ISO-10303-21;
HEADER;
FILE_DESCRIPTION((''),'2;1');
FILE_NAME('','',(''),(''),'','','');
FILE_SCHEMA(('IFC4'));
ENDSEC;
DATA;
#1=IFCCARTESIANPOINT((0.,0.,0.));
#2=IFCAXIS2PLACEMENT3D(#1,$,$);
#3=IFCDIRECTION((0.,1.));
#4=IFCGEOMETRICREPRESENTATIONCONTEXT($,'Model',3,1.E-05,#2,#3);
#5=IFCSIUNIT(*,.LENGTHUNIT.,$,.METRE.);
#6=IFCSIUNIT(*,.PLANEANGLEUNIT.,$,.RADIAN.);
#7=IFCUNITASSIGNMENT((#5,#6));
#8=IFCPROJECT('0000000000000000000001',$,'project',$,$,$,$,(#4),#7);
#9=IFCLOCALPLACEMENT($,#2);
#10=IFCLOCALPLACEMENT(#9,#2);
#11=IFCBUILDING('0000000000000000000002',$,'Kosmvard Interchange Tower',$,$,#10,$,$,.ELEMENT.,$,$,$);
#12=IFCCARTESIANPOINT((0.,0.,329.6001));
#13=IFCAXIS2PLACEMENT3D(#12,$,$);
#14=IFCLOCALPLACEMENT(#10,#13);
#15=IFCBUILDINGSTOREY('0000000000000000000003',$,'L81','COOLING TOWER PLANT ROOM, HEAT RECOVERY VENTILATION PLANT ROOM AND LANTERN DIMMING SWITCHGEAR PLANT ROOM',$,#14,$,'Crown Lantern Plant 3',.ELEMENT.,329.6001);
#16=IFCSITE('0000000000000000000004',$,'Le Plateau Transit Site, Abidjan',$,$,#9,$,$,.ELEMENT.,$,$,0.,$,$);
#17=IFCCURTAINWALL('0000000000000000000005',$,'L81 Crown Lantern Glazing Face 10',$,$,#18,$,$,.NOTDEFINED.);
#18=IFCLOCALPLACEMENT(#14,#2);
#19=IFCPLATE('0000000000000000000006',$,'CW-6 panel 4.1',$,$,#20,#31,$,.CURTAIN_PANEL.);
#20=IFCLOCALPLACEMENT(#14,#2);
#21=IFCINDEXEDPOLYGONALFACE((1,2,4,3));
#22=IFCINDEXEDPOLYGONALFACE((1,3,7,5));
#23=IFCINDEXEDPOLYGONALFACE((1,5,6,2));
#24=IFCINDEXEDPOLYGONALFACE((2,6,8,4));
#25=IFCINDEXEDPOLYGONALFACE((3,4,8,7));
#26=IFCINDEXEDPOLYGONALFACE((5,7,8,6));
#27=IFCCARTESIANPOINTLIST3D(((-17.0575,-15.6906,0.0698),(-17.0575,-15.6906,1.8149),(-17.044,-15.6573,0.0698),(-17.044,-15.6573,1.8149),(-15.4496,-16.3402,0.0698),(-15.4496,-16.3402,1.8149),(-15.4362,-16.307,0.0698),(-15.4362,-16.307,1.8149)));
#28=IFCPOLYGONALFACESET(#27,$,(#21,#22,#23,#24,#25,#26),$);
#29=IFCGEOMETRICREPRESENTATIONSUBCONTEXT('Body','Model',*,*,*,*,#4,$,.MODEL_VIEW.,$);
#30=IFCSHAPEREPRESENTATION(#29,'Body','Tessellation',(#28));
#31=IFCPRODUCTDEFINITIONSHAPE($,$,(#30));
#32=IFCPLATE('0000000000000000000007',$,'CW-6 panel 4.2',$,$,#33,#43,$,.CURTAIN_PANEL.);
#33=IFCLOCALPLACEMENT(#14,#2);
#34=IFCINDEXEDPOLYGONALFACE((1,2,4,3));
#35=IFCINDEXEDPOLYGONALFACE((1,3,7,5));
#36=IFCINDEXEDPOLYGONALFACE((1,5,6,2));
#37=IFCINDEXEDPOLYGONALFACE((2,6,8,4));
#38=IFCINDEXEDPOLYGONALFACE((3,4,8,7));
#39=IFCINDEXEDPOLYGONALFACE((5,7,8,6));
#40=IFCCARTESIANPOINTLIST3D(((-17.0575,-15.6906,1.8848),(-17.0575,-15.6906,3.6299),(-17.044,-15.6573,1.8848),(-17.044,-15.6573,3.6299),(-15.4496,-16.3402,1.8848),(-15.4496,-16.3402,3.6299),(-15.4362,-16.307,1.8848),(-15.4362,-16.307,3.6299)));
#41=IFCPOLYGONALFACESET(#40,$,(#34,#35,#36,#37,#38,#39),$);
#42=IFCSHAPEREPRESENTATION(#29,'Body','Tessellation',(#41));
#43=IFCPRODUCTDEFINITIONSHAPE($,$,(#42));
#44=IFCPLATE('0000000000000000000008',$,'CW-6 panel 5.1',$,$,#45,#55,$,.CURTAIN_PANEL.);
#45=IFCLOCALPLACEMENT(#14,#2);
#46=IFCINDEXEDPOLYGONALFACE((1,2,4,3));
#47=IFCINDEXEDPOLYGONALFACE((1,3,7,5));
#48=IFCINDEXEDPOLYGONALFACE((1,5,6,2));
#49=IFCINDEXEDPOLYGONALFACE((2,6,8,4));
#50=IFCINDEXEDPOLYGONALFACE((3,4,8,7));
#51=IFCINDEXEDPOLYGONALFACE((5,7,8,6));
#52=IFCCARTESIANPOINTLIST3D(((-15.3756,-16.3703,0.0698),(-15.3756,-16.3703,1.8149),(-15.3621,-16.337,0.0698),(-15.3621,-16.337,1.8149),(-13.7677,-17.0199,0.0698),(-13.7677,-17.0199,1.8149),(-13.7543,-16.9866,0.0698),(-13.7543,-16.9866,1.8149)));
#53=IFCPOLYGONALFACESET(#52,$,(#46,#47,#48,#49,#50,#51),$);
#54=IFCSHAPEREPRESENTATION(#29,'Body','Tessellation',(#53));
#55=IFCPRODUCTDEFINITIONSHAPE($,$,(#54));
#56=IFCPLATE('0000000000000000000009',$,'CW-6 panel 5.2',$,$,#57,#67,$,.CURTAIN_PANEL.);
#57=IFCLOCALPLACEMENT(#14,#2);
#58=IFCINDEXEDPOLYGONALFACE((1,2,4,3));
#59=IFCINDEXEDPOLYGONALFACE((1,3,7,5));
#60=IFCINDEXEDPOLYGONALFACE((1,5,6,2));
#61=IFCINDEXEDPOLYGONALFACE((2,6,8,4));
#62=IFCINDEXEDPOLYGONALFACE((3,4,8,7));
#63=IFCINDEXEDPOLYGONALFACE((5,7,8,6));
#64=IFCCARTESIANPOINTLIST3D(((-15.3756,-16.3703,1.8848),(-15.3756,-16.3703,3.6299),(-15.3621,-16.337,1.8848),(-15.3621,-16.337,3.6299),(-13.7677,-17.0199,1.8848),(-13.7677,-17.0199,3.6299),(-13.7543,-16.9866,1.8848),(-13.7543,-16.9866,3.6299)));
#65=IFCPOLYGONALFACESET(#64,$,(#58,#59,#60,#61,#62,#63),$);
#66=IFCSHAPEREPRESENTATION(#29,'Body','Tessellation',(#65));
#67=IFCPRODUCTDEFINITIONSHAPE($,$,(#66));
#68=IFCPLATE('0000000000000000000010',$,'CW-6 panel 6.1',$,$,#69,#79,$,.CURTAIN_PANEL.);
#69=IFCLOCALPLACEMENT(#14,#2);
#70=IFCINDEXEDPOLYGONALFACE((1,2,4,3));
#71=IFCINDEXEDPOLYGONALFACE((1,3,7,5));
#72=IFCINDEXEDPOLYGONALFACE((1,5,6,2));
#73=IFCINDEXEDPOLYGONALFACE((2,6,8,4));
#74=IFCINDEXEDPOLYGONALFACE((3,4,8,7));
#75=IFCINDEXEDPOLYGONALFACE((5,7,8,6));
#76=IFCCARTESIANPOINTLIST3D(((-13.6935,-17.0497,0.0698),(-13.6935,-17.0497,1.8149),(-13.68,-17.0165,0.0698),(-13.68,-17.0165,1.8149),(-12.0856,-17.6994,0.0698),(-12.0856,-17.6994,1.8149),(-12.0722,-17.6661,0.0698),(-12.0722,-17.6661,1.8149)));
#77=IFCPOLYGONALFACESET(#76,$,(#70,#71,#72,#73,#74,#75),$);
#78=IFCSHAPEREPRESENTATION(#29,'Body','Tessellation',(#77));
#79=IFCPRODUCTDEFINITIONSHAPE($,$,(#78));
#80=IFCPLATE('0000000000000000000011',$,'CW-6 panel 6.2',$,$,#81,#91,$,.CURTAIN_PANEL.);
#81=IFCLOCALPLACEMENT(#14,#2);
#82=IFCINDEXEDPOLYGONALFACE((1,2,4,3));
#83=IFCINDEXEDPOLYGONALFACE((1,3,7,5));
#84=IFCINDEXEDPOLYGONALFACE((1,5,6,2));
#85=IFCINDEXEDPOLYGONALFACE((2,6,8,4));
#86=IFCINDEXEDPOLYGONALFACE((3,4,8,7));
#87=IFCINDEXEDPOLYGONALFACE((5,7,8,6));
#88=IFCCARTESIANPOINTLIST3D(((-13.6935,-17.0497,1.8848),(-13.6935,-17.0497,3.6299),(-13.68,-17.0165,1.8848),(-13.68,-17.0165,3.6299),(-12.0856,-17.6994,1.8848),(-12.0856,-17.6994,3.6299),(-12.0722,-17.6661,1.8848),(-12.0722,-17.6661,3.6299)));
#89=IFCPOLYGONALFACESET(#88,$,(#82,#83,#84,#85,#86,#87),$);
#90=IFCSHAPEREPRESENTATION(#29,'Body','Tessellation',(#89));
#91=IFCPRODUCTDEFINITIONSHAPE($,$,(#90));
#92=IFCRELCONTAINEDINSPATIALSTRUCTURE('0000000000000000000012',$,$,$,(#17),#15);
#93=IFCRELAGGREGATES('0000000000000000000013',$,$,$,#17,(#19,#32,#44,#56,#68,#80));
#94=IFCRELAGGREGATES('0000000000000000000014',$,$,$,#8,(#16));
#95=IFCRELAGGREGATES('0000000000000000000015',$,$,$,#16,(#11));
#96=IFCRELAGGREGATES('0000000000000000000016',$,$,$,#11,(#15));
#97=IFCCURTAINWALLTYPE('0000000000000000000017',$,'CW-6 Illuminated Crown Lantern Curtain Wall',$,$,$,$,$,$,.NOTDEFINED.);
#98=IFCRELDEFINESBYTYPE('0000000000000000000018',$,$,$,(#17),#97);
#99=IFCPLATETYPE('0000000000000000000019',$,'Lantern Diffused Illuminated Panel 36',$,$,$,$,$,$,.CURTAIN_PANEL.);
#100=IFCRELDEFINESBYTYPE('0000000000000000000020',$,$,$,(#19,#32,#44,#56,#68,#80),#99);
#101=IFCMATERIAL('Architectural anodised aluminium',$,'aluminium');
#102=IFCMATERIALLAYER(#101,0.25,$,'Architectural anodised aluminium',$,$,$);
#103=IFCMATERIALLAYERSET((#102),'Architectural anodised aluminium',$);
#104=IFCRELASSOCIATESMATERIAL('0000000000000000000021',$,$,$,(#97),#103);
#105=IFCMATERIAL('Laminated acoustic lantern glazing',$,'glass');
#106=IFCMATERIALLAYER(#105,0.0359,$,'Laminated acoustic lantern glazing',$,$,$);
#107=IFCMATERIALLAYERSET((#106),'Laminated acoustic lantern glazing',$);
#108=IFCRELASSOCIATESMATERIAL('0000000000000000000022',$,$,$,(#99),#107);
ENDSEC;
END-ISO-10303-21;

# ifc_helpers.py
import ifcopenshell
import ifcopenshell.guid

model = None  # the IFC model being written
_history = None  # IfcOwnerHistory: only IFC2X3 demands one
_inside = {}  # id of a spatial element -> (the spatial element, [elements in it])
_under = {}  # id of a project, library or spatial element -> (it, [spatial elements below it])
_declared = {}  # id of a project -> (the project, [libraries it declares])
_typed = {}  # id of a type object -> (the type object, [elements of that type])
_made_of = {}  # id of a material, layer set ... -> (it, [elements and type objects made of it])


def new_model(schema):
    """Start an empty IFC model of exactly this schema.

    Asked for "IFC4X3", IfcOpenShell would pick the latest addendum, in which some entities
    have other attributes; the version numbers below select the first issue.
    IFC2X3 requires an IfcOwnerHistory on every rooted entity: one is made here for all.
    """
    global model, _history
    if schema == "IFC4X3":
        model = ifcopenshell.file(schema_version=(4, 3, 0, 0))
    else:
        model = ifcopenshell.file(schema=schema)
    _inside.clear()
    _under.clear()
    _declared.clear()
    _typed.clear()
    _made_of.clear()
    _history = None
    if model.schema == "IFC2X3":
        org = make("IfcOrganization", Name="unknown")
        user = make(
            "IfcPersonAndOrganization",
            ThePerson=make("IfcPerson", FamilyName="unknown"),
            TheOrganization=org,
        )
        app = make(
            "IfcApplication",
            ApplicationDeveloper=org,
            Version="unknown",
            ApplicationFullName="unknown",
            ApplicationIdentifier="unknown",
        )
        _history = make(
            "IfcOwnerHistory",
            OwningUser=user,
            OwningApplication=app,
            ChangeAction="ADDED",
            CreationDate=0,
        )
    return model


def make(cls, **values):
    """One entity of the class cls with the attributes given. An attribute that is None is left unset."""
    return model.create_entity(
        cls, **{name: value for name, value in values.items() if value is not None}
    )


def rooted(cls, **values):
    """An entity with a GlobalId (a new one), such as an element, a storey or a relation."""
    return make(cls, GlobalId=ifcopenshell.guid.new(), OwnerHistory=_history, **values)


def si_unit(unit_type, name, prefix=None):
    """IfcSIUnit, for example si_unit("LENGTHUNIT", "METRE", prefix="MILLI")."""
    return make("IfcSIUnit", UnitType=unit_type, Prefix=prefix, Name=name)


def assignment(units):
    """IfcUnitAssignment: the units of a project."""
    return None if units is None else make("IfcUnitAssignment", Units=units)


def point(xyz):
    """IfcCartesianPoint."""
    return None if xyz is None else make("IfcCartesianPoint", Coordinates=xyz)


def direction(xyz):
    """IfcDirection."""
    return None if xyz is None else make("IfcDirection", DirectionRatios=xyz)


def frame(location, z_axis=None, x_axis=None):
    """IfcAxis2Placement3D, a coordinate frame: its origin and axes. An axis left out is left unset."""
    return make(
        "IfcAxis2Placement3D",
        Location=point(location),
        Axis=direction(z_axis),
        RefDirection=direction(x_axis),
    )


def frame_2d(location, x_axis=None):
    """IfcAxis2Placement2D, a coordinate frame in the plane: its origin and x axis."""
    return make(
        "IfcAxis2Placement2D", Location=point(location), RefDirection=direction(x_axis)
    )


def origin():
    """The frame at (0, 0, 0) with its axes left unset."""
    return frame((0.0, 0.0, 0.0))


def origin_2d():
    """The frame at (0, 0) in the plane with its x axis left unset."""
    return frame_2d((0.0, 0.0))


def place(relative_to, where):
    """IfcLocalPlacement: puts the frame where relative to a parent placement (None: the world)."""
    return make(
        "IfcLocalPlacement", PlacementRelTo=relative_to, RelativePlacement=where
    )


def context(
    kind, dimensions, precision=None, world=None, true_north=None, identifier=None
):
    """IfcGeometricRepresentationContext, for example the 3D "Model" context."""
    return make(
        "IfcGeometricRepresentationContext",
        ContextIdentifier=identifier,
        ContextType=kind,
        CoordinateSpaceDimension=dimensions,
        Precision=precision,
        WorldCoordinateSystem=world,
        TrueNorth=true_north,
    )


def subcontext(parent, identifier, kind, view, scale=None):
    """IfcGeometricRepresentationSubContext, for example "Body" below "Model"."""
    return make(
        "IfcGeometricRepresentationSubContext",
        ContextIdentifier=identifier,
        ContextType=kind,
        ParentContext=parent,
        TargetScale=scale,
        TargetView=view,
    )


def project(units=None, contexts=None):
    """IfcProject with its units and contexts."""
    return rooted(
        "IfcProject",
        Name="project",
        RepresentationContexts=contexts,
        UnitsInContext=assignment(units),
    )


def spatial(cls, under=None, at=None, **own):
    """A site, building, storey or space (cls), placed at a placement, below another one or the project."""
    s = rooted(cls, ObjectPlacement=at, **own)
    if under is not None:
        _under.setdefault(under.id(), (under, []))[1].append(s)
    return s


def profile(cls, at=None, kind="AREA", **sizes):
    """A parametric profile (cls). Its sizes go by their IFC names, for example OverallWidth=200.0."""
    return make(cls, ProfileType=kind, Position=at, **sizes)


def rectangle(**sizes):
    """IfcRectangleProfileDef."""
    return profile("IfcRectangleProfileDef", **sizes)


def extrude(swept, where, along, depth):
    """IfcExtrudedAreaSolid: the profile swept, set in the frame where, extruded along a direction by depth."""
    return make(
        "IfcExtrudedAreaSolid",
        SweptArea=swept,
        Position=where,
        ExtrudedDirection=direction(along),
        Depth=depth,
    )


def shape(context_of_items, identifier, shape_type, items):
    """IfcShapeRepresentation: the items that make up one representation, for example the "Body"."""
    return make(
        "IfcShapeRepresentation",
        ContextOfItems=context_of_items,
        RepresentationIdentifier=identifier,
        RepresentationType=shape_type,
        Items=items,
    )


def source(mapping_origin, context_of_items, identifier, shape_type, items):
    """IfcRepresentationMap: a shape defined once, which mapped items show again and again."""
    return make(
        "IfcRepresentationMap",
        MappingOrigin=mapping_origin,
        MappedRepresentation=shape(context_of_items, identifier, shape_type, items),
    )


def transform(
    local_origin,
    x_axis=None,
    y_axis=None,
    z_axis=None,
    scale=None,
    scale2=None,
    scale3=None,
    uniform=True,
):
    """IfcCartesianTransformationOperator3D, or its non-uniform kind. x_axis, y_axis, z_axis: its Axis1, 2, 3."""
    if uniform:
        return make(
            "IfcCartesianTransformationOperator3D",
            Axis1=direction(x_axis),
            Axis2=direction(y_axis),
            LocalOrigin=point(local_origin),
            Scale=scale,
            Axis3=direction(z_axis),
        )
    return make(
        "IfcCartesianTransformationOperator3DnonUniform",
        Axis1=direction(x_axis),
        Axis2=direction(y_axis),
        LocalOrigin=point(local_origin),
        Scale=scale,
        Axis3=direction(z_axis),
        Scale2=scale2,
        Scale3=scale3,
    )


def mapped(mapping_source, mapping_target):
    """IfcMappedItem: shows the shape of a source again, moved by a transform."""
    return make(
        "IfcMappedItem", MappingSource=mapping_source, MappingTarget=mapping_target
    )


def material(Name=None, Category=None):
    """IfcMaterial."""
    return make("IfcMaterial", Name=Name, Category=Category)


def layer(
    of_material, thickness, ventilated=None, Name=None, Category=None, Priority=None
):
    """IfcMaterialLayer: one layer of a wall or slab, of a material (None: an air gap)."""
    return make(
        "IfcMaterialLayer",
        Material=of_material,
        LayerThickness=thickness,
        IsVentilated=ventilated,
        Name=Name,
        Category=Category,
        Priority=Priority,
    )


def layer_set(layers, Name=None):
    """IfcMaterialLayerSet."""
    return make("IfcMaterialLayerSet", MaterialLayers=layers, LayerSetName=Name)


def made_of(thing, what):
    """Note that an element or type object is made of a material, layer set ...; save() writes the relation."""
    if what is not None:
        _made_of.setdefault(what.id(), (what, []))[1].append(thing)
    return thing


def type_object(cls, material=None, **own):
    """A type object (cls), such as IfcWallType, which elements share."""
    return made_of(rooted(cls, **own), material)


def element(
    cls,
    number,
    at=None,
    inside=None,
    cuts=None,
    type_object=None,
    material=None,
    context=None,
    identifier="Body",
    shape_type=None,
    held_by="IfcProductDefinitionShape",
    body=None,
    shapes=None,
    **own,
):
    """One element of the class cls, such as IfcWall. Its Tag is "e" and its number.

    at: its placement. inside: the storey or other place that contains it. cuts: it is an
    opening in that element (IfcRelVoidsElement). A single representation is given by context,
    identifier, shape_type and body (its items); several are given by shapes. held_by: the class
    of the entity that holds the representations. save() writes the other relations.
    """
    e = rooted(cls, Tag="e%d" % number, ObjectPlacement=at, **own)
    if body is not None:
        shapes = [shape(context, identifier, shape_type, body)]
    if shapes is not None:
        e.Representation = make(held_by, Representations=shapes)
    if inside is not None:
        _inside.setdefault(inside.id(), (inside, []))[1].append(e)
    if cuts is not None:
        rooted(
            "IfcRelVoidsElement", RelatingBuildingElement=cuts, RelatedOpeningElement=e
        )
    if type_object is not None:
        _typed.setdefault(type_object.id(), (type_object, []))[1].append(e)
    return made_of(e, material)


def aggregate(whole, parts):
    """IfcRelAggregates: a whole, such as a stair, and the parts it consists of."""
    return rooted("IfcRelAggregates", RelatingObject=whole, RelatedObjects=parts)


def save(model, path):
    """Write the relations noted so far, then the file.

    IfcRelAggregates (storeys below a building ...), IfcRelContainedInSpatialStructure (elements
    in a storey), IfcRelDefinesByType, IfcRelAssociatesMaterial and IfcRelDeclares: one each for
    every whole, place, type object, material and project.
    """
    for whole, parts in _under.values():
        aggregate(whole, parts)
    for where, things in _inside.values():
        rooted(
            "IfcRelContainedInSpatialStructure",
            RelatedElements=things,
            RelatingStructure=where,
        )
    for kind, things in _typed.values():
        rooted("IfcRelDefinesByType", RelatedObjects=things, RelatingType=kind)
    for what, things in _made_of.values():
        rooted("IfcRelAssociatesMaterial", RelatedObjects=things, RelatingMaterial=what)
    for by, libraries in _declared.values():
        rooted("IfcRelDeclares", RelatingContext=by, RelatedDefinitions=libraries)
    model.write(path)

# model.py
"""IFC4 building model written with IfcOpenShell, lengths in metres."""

from ifc_helpers import new_model, si_unit, direction, frame, origin, origin_2d, place, context, subcontext, project, spatial, rectangle, extrude, source, transform, mapped, material, layer, layer_set, type_object, element, aggregate, save


model = new_model("IFC4")

# Units and contexts
model_context = context("Model", 3, precision=1e-05, world=origin(), true_north=direction((0.0, 1.0)))
body_context = subcontext(model_context, "Body", "Model", "MODEL_VIEW")
ifc_project = project(units=[si_unit("LENGTHUNIT", "METRE"), si_unit("PLANEANGLEUNIT", "RADIAN")], contexts=[model_context])

# Site, building, storey
site_placement = place(None, origin())
site = spatial("IfcSite", under=ifc_project, at=site_placement, Name="Le Plateau Transit Site, Abidjan", CompositionType="ELEMENT", RefElevation=0.0)
building_placement = place(site_placement, origin())
building = spatial("IfcBuilding", under=site, at=building_placement, Name="Kosmvard Interchange Tower", CompositionType="ELEMENT")
storey_placement = place(building_placement, frame((0.0, 0.0, 329.6001)))
storey = spatial("IfcBuildingStorey", under=building, at=storey_placement, Name="L81", Description="COOLING TOWER PLANT ROOM, HEAT RECOVERY VENTILATION PLANT ROOM AND LANTERN DIMMING SWITCHGEAR PLANT ROOM", LongName="Crown Lantern Plant 3", CompositionType="ELEMENT", Elevation=329.6001)

# Curtain wall
ifc_material_1 = material(Name="Architectural anodised aluminium", Category="aluminium")
ifc_layer_1 = layer(ifc_material_1, 0.25, Name="Architectural anodised aluminium")
ifc_layer_set_1 = layer_set([ifc_layer_1], Name="Architectural anodised aluminium")
curtain_wall_type = type_object("IfcCurtainWallType", Name="CW-6 Illuminated Crown Lantern Curtain Wall", PredefinedType="NOTDEFINED", material=ifc_layer_set_1)
curtain_wall_placement = place(storey_placement, origin())
curtain_wall = element("IfcCurtainWall", 1, at=curtain_wall_placement, inside=storey, type_object=curtain_wall_type, Name="L81 Crown Lantern Glazing Face 10", PredefinedType="NOTDEFINED")

# Plates
ifc_material_2 = material(Name="Laminated acoustic lantern glazing", Category="glass")
ifc_layer_2 = layer(ifc_material_2, 0.0359, Name="Laminated acoustic lantern glazing")
ifc_layer_set_2 = layer_set([ifc_layer_2], Name="Laminated acoustic lantern glazing")
plate_type_1 = type_object("IfcPlateType", Name="Lantern Diffused Illuminated Panel 36", PredefinedType="CURTAIN_PANEL", material=ifc_layer_set_2)
shared_shape_1 = source(origin(), body_context, "Body", "SweptSolid", [
    extrude(rectangle(XDim=1.7341, YDim=0.0359, at=origin_2d()), origin(), (0.0, 0.0, 1.0), 1.7451),
])
plate_1_placement = place(storey_placement, frame((-16.2468, -15.9988, 0.0698), z_axis=(0.0, 0.0, 1.0), x_axis=(0.927184, -0.374607, 0.0)))
plate_1 = element("IfcPlate", 2, at=plate_1_placement, type_object=plate_type_1, Name="CW-6 panel 4.1", PredefinedType="CURTAIN_PANEL", context=body_context, shape_type="MappedRepresentation", body=[
    mapped(shared_shape_1, transform((0.0, 0.0, 0.0), scale=1.0)),
])
plate_2_placement = place(storey_placement, frame((-16.2468, -15.9988, 1.8848), z_axis=(0.0, 0.0, 1.0), x_axis=(0.927184, -0.374607, 0.0)))
plate_2 = element("IfcPlate", 3, at=plate_2_placement, type_object=plate_type_1, Name="CW-6 panel 4.2", PredefinedType="CURTAIN_PANEL", context=body_context, shape_type="MappedRepresentation", body=[
    mapped(shared_shape_1, transform((0.0, 0.0, 0.0), scale=1.0)),
])
plate_3_placement = place(storey_placement, frame((-14.5649, -16.6785, 0.0698), z_axis=(0.0, 0.0, 1.0), x_axis=(0.927184, -0.374607, 0.0)))
plate_3 = element("IfcPlate", 4, at=plate_3_placement, type_object=plate_type_1, Name="CW-6 panel 5.1", PredefinedType="CURTAIN_PANEL", context=body_context, shape_type="MappedRepresentation", body=[
    mapped(shared_shape_1, transform((0.0, 0.0, 0.0), scale=1.0)),
])
plate_4_placement = place(storey_placement, frame((-14.5649, -16.6785, 1.8848), z_axis=(0.0, 0.0, 1.0), x_axis=(0.927184, -0.374607, 0.0)))
plate_4 = element("IfcPlate", 5, at=plate_4_placement, type_object=plate_type_1, Name="CW-6 panel 5.2", PredefinedType="CURTAIN_PANEL", context=body_context, shape_type="MappedRepresentation", body=[
    mapped(shared_shape_1, transform((0.0, 0.0, 0.0), scale=1.0)),
])
plate_5_placement = place(storey_placement, frame((-12.8828, -17.3579, 0.0698), z_axis=(0.0, 0.0, 1.0), x_axis=(0.927184, -0.374607, 0.0)))
plate_5 = element("IfcPlate", 6, at=plate_5_placement, type_object=plate_type_1, Name="CW-6 panel 6.1", PredefinedType="CURTAIN_PANEL", context=body_context, shape_type="MappedRepresentation", body=[
    mapped(shared_shape_1, transform((0.0, 0.0, 0.0), scale=1.0)),
])
plate_6_placement = place(storey_placement, frame((-12.8828, -17.3579, 1.8848), z_axis=(0.0, 0.0, 1.0), x_axis=(0.927184, -0.374607, 0.0)))
plate_6 = element("IfcPlate", 7, at=plate_6_placement, type_object=plate_type_1, Name="CW-6 panel 6.2", PredefinedType="CURTAIN_PANEL", context=body_context, shape_type="MappedRepresentation", body=[
    mapped(shared_shape_1, transform((0.0, 0.0, 0.0), scale=1.0)),
])
aggregate(curtain_wall, [plate_1, plate_2, plate_3, plate_4, plate_5, plate_6])

save(model, "model.ifc")
